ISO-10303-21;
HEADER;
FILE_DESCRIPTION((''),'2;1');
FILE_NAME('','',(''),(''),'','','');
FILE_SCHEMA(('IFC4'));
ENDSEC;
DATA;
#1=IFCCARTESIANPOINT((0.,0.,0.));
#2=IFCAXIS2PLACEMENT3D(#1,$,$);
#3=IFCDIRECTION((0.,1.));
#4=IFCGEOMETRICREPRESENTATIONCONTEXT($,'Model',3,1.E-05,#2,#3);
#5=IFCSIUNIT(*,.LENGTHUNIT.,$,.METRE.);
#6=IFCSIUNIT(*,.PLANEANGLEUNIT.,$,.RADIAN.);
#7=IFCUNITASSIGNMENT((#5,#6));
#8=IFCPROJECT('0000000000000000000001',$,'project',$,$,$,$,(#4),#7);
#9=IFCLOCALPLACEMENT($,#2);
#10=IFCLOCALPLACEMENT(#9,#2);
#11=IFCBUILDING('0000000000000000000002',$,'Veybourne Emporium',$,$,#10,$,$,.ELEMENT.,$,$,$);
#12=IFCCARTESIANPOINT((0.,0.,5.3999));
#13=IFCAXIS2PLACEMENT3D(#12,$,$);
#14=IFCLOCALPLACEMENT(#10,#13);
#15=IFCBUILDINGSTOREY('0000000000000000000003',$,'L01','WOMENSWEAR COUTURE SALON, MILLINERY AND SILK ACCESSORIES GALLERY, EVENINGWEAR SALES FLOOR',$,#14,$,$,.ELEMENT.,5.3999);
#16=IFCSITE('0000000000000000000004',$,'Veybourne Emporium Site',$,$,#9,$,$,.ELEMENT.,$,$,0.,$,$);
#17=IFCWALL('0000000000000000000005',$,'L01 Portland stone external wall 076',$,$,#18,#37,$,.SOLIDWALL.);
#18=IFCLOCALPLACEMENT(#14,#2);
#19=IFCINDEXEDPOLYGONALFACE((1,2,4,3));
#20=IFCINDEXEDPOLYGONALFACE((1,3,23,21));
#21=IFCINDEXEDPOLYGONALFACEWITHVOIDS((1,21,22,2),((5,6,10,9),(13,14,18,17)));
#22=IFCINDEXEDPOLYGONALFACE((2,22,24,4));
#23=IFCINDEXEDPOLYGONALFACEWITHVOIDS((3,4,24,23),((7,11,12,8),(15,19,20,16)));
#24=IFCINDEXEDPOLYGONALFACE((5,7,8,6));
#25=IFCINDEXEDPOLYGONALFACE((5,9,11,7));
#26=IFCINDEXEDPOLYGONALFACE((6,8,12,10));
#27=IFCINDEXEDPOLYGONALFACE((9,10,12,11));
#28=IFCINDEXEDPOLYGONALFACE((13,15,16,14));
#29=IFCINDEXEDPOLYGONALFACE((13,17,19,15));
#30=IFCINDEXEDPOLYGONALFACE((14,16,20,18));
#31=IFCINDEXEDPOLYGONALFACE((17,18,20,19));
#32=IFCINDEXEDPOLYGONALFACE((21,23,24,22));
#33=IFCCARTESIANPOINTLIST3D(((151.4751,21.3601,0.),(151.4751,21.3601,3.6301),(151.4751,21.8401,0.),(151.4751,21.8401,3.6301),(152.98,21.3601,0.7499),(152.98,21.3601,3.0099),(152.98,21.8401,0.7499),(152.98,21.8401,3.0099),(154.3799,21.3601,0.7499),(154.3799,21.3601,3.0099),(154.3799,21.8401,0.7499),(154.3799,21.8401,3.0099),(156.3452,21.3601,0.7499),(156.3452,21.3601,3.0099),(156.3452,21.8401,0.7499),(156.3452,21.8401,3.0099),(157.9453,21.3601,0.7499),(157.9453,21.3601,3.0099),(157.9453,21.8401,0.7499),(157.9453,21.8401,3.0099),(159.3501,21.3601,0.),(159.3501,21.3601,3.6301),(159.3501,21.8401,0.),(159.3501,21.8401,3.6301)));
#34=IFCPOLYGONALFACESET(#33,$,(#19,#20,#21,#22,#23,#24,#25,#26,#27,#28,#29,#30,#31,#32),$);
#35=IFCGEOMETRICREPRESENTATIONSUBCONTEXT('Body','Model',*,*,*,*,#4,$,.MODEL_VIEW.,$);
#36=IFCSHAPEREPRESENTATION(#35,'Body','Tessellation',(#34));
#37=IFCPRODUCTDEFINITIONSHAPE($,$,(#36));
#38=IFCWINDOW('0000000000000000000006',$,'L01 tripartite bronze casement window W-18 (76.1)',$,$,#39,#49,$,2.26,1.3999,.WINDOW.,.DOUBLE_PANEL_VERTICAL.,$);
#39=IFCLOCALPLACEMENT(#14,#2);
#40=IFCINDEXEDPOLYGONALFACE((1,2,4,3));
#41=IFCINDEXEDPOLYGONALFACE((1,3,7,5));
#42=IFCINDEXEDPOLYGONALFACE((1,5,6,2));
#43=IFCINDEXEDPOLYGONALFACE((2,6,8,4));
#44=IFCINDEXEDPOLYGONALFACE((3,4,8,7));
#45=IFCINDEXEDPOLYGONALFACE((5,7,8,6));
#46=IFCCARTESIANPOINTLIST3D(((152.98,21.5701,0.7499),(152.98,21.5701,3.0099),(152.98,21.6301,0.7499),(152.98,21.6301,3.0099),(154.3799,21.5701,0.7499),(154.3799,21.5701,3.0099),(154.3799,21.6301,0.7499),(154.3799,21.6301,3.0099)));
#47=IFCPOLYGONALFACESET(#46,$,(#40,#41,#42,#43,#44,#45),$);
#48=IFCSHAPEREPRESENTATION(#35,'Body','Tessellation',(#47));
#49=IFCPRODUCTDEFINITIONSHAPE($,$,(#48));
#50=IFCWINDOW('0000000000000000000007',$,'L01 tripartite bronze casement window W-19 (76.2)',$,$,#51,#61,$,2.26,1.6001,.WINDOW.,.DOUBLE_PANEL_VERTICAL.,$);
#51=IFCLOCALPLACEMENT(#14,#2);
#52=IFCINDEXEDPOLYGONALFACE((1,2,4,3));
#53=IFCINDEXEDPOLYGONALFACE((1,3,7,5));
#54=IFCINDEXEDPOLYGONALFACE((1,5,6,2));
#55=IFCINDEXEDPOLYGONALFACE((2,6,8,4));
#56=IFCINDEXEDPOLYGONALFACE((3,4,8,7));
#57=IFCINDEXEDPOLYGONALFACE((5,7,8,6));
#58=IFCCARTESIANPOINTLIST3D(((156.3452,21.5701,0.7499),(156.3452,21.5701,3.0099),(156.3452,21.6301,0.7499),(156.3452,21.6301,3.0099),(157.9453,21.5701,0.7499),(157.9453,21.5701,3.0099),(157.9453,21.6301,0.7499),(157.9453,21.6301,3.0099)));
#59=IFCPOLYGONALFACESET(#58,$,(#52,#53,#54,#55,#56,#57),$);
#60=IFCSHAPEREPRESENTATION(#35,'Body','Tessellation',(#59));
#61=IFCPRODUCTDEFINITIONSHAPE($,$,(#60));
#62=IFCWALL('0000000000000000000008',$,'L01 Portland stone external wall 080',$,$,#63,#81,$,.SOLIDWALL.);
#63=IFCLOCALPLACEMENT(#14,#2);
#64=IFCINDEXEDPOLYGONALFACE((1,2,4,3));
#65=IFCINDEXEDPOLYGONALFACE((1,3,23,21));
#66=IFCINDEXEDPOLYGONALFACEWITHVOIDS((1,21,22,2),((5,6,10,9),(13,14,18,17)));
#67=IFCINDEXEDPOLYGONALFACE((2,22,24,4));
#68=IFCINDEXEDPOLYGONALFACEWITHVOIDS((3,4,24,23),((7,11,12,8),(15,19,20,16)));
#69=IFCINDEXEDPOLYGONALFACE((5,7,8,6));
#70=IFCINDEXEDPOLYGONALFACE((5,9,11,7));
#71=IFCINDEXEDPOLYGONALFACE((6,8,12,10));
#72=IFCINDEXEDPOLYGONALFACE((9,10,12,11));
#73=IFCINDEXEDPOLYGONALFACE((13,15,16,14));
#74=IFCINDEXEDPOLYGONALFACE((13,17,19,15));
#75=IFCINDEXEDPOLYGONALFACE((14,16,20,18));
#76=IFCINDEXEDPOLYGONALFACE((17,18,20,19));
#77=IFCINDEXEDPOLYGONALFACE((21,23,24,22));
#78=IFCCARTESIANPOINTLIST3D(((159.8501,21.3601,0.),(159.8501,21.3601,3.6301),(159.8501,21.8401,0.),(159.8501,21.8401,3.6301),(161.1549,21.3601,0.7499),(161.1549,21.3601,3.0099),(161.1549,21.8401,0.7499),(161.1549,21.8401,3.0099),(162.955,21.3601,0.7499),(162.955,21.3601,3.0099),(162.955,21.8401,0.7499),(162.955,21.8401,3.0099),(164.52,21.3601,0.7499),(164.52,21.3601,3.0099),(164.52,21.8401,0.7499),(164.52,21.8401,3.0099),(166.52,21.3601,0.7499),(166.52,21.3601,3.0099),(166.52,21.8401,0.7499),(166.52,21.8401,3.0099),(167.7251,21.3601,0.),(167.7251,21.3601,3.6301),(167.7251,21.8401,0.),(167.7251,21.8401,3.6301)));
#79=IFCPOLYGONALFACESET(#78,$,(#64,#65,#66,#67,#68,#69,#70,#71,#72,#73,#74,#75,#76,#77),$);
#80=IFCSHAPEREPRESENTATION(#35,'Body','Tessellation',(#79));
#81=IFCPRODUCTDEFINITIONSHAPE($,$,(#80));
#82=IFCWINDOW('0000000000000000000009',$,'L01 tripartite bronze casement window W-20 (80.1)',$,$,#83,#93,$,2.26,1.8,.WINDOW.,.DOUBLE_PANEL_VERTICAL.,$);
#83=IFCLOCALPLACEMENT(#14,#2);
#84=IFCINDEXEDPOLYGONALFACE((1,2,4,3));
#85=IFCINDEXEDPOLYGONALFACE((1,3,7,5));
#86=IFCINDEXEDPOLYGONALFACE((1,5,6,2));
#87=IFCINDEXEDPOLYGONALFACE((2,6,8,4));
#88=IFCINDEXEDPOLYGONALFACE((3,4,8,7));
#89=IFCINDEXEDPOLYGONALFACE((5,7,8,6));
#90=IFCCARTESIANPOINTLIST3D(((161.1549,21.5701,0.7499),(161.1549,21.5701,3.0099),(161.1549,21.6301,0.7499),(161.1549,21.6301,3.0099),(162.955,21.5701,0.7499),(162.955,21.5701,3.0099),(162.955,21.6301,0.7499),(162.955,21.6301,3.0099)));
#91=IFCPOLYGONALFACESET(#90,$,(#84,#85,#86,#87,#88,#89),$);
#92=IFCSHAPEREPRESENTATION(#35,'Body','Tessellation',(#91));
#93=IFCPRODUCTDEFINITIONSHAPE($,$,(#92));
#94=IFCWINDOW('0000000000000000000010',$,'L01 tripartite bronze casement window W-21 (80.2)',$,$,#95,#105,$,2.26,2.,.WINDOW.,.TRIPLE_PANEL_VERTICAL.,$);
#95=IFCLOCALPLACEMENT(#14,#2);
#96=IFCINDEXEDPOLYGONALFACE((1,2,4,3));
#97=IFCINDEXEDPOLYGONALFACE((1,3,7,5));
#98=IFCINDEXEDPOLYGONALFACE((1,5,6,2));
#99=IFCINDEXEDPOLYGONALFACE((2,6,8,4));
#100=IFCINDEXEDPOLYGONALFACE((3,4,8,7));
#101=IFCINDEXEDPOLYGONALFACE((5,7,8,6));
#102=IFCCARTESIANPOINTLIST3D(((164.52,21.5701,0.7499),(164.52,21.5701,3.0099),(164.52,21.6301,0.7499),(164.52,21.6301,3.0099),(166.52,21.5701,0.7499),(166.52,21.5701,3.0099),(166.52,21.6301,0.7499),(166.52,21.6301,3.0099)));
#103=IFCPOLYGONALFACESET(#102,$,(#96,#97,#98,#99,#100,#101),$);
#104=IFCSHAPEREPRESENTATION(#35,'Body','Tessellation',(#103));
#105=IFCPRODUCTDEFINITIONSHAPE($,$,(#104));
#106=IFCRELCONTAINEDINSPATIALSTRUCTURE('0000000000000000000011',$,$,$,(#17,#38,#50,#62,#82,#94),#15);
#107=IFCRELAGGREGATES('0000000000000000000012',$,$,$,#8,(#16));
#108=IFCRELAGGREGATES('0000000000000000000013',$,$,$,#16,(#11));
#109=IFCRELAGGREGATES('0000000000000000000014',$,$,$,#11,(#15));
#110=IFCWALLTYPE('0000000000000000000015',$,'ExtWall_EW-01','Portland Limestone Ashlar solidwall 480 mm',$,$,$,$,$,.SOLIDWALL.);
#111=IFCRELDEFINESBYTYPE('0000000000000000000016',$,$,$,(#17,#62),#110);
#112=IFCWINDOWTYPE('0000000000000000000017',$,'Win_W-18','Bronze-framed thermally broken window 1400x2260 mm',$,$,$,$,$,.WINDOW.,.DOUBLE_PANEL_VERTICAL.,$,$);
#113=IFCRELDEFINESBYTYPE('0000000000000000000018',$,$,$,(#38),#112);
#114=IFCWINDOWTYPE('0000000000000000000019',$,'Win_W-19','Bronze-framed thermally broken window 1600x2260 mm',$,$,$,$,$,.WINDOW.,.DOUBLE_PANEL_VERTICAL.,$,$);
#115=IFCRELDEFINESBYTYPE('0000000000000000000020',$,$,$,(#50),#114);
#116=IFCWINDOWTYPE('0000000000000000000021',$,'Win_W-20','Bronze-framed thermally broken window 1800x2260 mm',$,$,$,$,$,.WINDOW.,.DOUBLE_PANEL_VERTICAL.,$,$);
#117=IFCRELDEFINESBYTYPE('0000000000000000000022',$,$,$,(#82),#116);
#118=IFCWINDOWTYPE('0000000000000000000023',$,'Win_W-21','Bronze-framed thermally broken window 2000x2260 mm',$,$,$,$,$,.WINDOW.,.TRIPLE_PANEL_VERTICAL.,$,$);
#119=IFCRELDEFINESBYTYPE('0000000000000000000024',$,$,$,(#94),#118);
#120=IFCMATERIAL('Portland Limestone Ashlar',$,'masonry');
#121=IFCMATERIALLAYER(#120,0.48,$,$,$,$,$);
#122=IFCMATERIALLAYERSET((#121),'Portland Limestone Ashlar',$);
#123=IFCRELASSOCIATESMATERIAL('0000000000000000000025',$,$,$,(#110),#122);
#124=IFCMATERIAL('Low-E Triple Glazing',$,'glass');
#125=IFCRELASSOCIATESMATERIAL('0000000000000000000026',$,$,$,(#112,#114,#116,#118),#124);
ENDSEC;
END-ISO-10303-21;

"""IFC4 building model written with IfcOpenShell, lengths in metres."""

from ifc_helpers import new_model, si_unit, direction, frame, frame_2d, origin, place, context, subcontext, project, spatial, rectangle, extrude, material, layer, layer_set, type_object, element, fill, save


model = new_model("IFC4")

# Units and contexts
model_context = context("Model", 3, precision=1e-05, world=origin(), true_north=direction((0.0, 1.0)))
body_context = subcontext(model_context, "Body", "Model", "MODEL_VIEW")
ifc_project = project(units=[si_unit("LENGTHUNIT", "METRE"), si_unit("PLANEANGLEUNIT", "RADIAN")], contexts=[model_context])

# Site, building, storey
site_placement = place(None, origin())
site = spatial("IfcSite", under=ifc_project, at=site_placement, Name="Veybourne Emporium Site", CompositionType="ELEMENT", RefElevation=0.0)
building_placement = place(site_placement, origin())
building = spatial("IfcBuilding", under=site, at=building_placement, Name="Veybourne Emporium", CompositionType="ELEMENT")
storey_placement = place(building_placement, frame((0.0, 0.0, 5.3999)))
storey = spatial("IfcBuildingStorey", under=building, at=storey_placement, Name="L01", Description="WOMENSWEAR COUTURE SALON, MILLINERY AND SILK ACCESSORIES GALLERY, EVENINGWEAR SALES FLOOR", CompositionType="ELEMENT", Elevation=5.3999)

# Walls, openings, windows
ifc_material_1 = material(Name="Portland Limestone Ashlar", Category="masonry")
ifc_layer_1 = layer(ifc_material_1, 0.48)
ifc_layer_set_1 = layer_set([ifc_layer_1], Name="Portland Limestone Ashlar")
wall_type = type_object("IfcWallType", Name="ExtWall_EW-01", Description="Portland Limestone Ashlar solidwall 480 mm", PredefinedType="SOLIDWALL", material=ifc_layer_set_1)
wall_1_placement = place(storey_placement, frame((151.4751, 21.6001, 0.0), z_axis=(0.0, 0.0, 1.0), x_axis=(1.0, 0.0, 0.0)))
wall_1 = element("IfcWall", 1, at=wall_1_placement, inside=storey, type_object=wall_type, Name="L01 Portland stone external wall 076", PredefinedType="SOLIDWALL", context=body_context, shape_type="SweptSolid", body=[
    extrude(rectangle(XDim=7.875, YDim=0.48, at=frame_2d((3.9375, 0.0))), origin(), (0.0, 0.0, 1.0), 3.6301),
])
opening_1_placement = place(wall_1_placement, frame((1.5049, 0.0, 0.75)))
opening_1 = element("IfcOpeningElement", 2, at=opening_1_placement, cuts=wall_1, PredefinedType="OPENING", context=body_context, shape_type="SweptSolid", body=[
    extrude(rectangle(XDim=1.3999, YDim=2.26, at=frame_2d((0.7, 1.1299))), frame((0.0, 0.26, 0.0), z_axis=(0.0, -1.0, 0.0), x_axis=(1.0, 0.0, 0.0)), (0.0, 0.0, 1.0), 0.52),
])
opening_2_placement = place(wall_1_placement, frame((4.8701, 0.0, 0.75)))
opening_2 = element("IfcOpeningElement", 3, at=opening_2_placement, cuts=wall_1, PredefinedType="OPENING", context=body_context, shape_type="SweptSolid", body=[
    extrude(rectangle(XDim=1.6001, YDim=2.26, at=frame_2d((0.8, 1.1299))), frame((0.0, 0.26, 0.0), z_axis=(0.0, -1.0, 0.0), x_axis=(1.0, 0.0, 0.0)), (0.0, 0.0, 1.0), 0.52),
])
ifc_material_2 = material(Name="Low-E Triple Glazing", Category="glass")
window_type_1 = type_object("IfcWindowType", Name="Win_W-18", Description="Bronze-framed thermally broken window 1400x2260 mm", PartitioningType="DOUBLE_PANEL_VERTICAL", PredefinedType="WINDOW", material=ifc_material_2)
window_1_placement = place(opening_1_placement, origin())
window_1 = element("IfcWindow", 4, at=window_1_placement, inside=storey, type_object=window_type_1, Name="L01 tripartite bronze casement window W-18 (76.1)", OverallHeight=2.26, OverallWidth=1.3999, PartitioningType="DOUBLE_PANEL_VERTICAL", PredefinedType="WINDOW", context=body_context, shape_type="SweptSolid", body=[
    extrude(rectangle(XDim=1.3999, YDim=2.26, at=frame_2d((0.7, 1.1299))), frame((0.0, 0.03, 0.0), z_axis=(0.0, -1.0, 0.0), x_axis=(1.0, 0.0, 0.0)), (0.0, 0.0, 1.0), 0.0601),
])
fill(opening_1, window_1)
window_type_2 = type_object("IfcWindowType", Name="Win_W-19", Description="Bronze-framed thermally broken window 1600x2260 mm", PartitioningType="DOUBLE_PANEL_VERTICAL", PredefinedType="WINDOW", material=ifc_material_2)
window_2_placement = place(opening_2_placement, origin())
window_2 = element("IfcWindow", 5, at=window_2_placement, inside=storey, type_object=window_type_2, Name="L01 tripartite bronze casement window W-19 (76.2)", OverallHeight=2.26, OverallWidth=1.6001, PartitioningType="DOUBLE_PANEL_VERTICAL", PredefinedType="WINDOW", context=body_context, shape_type="SweptSolid", body=[
    extrude(rectangle(XDim=1.6001, YDim=2.26, at=frame_2d((0.8, 1.1299))), frame((0.0, 0.03, 0.0), z_axis=(0.0, -1.0, 0.0), x_axis=(1.0, 0.0, 0.0)), (0.0, 0.0, 1.0), 0.0601),
])
fill(opening_2, window_2)
wall_2_placement = place(storey_placement, frame((159.8501, 21.6001, 0.0), z_axis=(0.0, 0.0, 1.0), x_axis=(1.0, 0.0, 0.0)))
wall_2 = element("IfcWall", 6, at=wall_2_placement, inside=storey, type_object=wall_type, Name="L01 Portland stone external wall 080", PredefinedType="SOLIDWALL", context=body_context, shape_type="SweptSolid", body=[
    extrude(rectangle(XDim=7.875, YDim=0.48, at=frame_2d((3.9375, 0.0))), origin(), (0.0, 0.0, 1.0), 3.6301),
])
opening_3_placement = place(wall_2_placement, frame((1.3049, 0.0, 0.75)))
opening_3 = element("IfcOpeningElement", 7, at=opening_3_placement, cuts=wall_2, PredefinedType="OPENING", context=body_context, shape_type="SweptSolid", body=[
    extrude(rectangle(XDim=1.8, YDim=2.26, at=frame_2d((0.8999, 1.1299))), frame((0.0, 0.26, 0.0), z_axis=(0.0, -1.0, 0.0), x_axis=(1.0, 0.0, 0.0)), (0.0, 0.0, 1.0), 0.52),
])
opening_4_placement = place(wall_2_placement, frame((4.6699, 0.0, 0.75)))
opening_4 = element("IfcOpeningElement", 8, at=opening_4_placement, cuts=wall_2, PredefinedType="OPENING", context=body_context, shape_type="SweptSolid", body=[
    extrude(rectangle(XDim=2.0, YDim=2.26, at=frame_2d((1.0, 1.1299))), frame((0.0, 0.26, 0.0), z_axis=(0.0, -1.0, 0.0), x_axis=(1.0, 0.0, 0.0)), (0.0, 0.0, 1.0), 0.52),
])
window_type_3 = type_object("IfcWindowType", Name="Win_W-20", Description="Bronze-framed thermally broken window 1800x2260 mm", PartitioningType="DOUBLE_PANEL_VERTICAL", PredefinedType="WINDOW", material=ifc_material_2)
window_3_placement = place(opening_3_placement, origin())
window_3 = element("IfcWindow", 9, at=window_3_placement, inside=storey, type_object=window_type_3, Name="L01 tripartite bronze casement window W-20 (80.1)", OverallHeight=2.26, OverallWidth=1.8, PartitioningType="DOUBLE_PANEL_VERTICAL", PredefinedType="WINDOW", context=body_context, shape_type="SweptSolid", body=[
    extrude(rectangle(XDim=1.8, YDim=2.26, at=frame_2d((0.8999, 1.1299))), frame((0.0, 0.03, 0.0), z_axis=(0.0, -1.0, 0.0), x_axis=(1.0, 0.0, 0.0)), (0.0, 0.0, 1.0), 0.0601),
])
fill(opening_3, window_3)
window_type_4 = type_object("IfcWindowType", Name="Win_W-21", Description="Bronze-framed thermally broken window 2000x2260 mm", PartitioningType="TRIPLE_PANEL_VERTICAL", PredefinedType="WINDOW", material=ifc_material_2)
window_4_placement = place(opening_4_placement, origin())
window_4 = element("IfcWindow", 10, at=window_4_placement, inside=storey, type_object=window_type_4, Name="L01 tripartite bronze casement window W-21 (80.2)", OverallHeight=2.26, OverallWidth=2.0, PartitioningType="TRIPLE_PANEL_VERTICAL", PredefinedType="WINDOW", context=body_context, shape_type="SweptSolid", body=[
    extrude(rectangle(XDim=2.0, YDim=2.26, at=frame_2d((1.0, 1.1299))), frame((0.0, 0.03, 0.0), z_axis=(0.0, -1.0, 0.0), x_axis=(1.0, 0.0, 0.0)), (0.0, 0.0, 1.0), 0.0601),
])
fill(opening_4, window_4)

save(model, "model.ifc")
